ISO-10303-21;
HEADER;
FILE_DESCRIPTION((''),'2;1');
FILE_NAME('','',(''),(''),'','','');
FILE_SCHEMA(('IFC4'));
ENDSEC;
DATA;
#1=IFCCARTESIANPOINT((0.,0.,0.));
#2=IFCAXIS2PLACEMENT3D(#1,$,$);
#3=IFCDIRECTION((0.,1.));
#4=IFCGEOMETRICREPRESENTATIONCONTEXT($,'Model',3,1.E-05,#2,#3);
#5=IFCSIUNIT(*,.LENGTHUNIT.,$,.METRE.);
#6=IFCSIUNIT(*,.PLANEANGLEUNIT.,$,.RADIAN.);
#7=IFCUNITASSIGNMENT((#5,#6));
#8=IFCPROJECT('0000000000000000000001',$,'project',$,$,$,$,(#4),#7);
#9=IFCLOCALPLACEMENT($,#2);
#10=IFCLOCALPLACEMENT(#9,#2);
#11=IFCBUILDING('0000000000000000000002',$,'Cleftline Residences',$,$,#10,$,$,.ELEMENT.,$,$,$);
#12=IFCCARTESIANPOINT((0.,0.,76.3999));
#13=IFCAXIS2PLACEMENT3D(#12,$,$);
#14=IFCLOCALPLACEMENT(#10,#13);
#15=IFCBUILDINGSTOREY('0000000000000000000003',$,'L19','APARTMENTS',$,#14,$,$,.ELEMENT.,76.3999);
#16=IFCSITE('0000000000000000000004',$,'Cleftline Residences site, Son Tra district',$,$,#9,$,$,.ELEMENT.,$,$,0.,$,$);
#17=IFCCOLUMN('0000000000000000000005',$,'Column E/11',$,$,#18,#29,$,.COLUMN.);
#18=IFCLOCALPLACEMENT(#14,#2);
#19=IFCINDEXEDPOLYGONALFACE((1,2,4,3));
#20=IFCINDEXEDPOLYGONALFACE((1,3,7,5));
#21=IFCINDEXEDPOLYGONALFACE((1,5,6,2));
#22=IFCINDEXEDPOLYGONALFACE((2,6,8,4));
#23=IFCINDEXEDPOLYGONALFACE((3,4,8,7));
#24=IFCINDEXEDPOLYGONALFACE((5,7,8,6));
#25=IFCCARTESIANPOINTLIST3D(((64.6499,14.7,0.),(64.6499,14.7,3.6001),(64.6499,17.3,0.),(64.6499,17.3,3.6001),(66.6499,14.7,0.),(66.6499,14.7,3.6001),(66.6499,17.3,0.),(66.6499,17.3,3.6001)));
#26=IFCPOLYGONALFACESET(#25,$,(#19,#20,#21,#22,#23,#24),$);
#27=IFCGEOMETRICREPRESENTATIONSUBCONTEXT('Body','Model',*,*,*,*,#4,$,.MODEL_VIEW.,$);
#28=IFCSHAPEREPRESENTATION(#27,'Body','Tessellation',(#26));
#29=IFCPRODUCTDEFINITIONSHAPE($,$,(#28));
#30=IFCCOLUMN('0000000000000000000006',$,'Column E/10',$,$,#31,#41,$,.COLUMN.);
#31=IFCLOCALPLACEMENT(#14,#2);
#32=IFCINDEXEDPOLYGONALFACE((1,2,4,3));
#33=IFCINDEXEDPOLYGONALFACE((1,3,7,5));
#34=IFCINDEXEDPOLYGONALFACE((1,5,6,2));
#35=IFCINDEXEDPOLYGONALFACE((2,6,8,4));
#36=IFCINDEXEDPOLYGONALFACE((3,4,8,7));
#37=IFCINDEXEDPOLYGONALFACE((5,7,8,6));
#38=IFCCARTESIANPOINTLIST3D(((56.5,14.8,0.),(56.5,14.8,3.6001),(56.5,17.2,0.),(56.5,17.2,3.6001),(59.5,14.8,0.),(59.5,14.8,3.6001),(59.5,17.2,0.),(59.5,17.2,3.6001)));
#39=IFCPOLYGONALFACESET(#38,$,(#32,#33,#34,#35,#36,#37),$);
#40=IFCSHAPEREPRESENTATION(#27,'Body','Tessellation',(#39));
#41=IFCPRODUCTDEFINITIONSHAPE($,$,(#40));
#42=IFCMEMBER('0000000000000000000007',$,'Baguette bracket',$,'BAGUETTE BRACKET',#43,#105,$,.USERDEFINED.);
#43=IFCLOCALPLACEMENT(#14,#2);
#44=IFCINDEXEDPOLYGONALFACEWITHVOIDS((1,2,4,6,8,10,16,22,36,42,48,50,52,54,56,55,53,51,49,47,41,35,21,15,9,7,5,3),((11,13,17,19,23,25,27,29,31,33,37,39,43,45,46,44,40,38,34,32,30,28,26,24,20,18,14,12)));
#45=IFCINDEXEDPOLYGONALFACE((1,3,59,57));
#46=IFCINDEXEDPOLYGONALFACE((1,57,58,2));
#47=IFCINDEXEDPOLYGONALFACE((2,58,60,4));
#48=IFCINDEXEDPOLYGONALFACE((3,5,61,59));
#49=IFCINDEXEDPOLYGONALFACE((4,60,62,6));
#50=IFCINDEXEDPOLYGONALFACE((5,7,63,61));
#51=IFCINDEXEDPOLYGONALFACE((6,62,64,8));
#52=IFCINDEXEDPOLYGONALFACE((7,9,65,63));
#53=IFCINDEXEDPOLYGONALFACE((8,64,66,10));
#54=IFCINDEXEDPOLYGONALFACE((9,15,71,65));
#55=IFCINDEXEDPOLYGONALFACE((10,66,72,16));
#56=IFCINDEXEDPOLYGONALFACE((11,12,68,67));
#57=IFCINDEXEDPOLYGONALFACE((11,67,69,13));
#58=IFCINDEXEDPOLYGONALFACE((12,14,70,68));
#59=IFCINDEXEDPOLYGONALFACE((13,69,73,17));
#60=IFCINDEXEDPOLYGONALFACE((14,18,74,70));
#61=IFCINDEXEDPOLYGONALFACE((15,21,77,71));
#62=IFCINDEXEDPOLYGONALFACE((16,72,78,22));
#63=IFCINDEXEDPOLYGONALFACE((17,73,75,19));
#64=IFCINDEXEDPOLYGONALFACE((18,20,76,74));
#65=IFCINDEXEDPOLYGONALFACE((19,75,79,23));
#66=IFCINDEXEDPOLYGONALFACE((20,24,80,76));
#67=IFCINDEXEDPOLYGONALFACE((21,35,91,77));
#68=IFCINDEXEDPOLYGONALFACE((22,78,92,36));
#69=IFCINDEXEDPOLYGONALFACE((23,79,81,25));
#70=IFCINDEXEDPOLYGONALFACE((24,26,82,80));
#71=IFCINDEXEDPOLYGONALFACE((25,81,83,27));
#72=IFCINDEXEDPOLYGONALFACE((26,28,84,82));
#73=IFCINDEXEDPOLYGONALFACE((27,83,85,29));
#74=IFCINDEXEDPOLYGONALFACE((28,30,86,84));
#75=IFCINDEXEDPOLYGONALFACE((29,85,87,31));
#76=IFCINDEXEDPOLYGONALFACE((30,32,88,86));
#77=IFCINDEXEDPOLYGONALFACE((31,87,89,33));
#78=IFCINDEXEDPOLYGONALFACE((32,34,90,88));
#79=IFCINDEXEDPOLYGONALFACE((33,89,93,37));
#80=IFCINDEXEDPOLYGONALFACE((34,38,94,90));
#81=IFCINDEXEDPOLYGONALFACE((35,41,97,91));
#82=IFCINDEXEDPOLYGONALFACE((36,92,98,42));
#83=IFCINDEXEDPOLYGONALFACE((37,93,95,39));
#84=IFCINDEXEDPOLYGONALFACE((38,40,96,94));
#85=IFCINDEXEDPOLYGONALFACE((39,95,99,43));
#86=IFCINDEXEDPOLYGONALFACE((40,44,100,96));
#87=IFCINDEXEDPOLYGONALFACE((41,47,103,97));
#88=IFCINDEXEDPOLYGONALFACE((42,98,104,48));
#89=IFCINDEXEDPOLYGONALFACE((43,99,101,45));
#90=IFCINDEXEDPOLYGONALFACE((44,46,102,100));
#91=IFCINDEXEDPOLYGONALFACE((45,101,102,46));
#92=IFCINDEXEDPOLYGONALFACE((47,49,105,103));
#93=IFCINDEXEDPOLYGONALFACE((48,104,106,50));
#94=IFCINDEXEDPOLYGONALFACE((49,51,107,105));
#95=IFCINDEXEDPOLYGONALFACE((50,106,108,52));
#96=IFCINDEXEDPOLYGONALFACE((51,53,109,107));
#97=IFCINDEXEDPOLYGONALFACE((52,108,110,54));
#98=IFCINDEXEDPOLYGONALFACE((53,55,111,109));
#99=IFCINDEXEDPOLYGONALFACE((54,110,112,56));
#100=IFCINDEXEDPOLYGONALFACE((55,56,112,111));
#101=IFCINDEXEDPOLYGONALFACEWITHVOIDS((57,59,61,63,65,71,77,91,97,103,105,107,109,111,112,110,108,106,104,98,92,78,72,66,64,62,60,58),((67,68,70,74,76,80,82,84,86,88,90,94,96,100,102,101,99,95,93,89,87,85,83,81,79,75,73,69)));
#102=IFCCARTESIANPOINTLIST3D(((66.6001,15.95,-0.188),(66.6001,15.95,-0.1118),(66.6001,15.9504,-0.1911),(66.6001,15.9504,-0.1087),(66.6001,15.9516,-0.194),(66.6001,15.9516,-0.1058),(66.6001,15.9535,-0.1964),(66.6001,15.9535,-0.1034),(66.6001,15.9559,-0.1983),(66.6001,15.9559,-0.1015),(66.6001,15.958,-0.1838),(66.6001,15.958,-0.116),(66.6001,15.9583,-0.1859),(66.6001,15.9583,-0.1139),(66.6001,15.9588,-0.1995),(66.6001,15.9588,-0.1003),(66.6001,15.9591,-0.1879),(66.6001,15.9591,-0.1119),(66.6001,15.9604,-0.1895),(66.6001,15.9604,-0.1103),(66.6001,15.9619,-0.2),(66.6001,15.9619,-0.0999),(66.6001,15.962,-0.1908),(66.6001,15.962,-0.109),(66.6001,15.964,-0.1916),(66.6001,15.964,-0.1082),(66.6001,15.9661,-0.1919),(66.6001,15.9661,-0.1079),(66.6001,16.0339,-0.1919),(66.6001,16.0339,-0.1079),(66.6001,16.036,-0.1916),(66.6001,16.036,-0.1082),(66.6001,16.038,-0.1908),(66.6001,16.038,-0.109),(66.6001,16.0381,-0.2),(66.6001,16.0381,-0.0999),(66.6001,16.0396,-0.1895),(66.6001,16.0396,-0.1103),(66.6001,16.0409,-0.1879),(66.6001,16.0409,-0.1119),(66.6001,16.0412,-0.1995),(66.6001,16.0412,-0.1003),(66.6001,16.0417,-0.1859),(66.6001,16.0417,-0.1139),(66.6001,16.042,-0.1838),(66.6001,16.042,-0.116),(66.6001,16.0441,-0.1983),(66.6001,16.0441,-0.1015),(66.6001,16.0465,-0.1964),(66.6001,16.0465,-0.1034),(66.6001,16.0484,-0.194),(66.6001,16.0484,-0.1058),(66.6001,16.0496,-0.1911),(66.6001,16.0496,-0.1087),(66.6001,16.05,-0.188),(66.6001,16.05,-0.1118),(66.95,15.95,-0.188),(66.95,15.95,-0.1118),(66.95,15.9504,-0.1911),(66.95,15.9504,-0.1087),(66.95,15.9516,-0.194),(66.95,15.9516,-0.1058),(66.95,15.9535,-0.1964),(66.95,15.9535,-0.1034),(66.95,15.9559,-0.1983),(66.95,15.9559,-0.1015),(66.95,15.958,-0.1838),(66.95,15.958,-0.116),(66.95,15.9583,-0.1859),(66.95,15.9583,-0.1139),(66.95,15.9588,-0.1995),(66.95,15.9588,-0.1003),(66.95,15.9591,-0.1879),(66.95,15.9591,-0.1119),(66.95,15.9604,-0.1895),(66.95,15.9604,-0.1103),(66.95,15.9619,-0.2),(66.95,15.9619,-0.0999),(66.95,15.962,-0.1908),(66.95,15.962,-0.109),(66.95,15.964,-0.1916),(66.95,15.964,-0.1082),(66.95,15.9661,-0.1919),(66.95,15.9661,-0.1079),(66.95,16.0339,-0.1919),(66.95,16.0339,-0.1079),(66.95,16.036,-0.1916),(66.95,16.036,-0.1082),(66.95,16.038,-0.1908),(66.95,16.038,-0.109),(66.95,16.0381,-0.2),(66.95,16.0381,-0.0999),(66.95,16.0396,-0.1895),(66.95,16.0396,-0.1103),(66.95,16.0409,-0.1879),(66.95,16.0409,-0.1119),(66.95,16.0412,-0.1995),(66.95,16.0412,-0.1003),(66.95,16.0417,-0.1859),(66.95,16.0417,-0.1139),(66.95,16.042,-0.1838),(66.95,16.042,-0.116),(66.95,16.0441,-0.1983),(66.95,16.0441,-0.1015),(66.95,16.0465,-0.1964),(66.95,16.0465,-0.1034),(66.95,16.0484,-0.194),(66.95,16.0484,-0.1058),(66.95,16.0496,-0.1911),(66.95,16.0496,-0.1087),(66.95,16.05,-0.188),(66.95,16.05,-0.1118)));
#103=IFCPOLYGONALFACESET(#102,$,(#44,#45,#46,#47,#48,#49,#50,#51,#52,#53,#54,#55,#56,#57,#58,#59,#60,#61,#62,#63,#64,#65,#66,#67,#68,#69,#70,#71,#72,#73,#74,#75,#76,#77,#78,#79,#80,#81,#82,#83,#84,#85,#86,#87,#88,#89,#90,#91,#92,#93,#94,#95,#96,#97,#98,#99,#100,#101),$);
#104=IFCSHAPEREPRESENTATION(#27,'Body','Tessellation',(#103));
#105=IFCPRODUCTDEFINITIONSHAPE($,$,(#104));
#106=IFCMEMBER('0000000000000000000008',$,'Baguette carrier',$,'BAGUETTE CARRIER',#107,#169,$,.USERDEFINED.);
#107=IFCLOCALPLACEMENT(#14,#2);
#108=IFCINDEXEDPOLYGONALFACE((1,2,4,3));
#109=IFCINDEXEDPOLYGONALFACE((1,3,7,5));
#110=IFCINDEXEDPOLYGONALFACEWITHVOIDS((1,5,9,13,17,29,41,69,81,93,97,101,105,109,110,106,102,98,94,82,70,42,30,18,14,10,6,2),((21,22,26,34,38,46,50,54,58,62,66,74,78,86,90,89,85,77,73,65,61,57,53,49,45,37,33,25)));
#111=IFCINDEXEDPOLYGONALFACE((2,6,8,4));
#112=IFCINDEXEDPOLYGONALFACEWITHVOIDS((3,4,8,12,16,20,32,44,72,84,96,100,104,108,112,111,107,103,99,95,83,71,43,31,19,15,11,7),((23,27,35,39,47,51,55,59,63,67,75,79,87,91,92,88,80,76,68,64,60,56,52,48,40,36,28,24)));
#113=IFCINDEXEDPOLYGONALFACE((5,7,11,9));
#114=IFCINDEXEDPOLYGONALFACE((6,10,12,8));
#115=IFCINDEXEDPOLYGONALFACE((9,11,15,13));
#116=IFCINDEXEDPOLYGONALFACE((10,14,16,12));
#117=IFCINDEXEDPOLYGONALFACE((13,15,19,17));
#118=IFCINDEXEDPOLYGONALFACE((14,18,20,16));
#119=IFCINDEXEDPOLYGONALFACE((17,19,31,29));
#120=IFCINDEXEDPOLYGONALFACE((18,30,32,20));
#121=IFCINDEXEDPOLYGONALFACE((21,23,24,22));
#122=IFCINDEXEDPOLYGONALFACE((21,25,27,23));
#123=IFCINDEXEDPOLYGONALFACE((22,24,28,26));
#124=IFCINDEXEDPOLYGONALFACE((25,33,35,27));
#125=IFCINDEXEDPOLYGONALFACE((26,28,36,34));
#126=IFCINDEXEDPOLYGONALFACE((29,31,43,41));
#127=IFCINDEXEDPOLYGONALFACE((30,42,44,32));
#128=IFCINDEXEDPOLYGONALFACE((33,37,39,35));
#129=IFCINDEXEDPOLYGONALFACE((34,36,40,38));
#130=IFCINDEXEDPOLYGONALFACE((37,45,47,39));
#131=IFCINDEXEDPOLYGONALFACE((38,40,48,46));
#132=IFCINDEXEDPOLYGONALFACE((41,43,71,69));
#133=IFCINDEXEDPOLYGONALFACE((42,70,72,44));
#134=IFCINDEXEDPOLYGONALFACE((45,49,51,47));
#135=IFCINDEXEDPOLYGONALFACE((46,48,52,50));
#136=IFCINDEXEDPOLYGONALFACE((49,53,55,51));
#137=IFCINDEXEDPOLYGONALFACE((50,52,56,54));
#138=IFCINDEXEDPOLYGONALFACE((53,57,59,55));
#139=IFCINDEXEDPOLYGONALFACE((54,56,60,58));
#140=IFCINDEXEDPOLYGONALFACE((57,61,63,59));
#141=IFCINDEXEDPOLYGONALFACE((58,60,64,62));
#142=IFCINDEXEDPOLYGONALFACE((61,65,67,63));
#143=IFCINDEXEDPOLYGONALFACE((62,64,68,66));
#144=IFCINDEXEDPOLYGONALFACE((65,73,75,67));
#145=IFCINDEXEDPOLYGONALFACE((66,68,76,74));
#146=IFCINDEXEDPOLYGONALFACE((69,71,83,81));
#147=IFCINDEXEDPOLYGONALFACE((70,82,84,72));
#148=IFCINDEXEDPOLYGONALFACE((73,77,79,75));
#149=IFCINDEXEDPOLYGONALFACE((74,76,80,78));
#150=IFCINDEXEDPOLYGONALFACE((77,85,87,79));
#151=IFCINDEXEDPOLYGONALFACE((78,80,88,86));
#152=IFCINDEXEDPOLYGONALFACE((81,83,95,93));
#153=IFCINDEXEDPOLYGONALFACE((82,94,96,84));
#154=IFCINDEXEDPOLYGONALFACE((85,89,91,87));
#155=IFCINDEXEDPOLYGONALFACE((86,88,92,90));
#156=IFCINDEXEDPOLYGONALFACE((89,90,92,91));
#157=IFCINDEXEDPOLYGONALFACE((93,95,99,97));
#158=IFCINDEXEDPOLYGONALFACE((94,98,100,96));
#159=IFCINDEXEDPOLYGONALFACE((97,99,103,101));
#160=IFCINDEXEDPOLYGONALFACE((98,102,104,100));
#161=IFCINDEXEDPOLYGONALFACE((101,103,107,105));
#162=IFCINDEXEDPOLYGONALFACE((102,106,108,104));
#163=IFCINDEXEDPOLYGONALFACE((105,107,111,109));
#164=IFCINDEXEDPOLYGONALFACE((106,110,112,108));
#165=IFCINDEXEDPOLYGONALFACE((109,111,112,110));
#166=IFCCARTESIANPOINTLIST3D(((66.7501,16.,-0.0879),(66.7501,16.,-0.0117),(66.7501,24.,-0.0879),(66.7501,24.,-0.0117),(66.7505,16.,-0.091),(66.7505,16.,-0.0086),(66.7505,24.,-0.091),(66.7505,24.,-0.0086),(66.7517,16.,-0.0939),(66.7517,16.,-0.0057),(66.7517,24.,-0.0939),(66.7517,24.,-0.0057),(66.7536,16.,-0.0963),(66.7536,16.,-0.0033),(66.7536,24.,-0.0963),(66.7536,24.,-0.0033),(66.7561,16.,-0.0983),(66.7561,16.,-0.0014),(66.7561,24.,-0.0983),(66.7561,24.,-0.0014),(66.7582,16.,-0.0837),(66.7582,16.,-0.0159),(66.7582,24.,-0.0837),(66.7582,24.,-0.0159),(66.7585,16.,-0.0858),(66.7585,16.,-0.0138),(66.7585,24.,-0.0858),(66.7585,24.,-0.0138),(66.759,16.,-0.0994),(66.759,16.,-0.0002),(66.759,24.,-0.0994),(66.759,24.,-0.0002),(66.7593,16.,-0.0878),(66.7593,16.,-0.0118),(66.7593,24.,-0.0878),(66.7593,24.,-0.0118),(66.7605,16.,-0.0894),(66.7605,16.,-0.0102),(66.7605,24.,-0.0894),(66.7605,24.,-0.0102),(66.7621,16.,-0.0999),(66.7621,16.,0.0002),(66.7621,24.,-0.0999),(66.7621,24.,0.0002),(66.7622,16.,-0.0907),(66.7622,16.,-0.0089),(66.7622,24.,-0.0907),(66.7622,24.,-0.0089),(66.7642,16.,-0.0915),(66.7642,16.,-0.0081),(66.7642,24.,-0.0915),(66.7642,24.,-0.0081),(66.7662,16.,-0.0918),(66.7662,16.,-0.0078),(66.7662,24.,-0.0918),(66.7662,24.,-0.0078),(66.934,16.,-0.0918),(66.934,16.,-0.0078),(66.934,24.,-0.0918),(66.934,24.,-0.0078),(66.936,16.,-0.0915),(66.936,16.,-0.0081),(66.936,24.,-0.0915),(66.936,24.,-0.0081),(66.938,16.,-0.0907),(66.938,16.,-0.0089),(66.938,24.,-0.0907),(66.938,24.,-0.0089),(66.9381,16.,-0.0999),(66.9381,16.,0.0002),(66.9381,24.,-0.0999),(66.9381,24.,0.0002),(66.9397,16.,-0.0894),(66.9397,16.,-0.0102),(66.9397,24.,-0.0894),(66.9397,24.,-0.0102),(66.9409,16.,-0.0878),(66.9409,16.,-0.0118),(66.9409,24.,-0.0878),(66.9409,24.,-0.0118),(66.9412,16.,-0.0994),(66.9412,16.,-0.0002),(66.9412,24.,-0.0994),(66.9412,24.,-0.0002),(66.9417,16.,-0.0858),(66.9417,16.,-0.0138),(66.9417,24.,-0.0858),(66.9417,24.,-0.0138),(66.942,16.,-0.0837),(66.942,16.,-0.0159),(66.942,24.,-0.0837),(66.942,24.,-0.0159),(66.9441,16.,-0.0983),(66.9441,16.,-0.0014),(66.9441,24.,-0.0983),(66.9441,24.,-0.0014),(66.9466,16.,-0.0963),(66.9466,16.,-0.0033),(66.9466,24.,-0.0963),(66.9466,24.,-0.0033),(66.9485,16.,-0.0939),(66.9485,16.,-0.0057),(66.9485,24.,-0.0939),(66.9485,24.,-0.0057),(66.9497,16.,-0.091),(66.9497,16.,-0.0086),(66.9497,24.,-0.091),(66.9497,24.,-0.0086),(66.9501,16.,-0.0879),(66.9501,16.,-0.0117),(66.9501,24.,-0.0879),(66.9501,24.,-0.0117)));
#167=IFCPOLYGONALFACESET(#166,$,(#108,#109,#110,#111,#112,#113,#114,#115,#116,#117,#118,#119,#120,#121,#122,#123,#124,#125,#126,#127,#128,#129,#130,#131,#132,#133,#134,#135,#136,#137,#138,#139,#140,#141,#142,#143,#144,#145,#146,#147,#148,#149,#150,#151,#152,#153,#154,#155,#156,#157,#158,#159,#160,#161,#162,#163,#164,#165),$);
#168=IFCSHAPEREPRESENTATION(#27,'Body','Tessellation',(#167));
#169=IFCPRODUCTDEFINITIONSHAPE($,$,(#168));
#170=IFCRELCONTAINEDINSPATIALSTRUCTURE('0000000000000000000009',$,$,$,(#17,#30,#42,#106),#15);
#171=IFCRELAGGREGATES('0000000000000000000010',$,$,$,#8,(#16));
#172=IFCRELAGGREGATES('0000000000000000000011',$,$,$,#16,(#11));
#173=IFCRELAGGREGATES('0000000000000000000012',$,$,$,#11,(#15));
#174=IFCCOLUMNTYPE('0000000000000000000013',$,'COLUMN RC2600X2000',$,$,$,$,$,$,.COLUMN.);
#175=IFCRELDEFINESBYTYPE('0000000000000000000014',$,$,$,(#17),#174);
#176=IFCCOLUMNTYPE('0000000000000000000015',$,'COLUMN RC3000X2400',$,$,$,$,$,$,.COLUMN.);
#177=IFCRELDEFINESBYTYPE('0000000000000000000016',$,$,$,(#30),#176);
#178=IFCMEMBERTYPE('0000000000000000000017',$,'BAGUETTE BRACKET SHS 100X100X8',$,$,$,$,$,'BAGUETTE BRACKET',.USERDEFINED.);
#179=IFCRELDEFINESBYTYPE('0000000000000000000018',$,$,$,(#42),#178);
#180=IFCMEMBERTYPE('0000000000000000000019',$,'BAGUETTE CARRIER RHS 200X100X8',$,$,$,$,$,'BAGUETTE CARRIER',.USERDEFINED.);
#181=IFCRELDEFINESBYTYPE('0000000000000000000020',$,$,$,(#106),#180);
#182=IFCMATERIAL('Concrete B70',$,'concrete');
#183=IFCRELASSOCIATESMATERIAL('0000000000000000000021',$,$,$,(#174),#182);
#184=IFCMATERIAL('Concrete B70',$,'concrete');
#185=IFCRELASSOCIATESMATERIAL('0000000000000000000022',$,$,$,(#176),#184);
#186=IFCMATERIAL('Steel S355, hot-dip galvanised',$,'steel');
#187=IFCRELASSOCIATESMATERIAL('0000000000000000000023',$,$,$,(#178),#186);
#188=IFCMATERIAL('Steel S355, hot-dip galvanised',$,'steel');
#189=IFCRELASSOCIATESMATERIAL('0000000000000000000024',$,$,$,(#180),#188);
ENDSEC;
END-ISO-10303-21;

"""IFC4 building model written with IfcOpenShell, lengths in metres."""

from ifc_helpers import new_model, si_unit, direction, frame, origin, origin_2d, place, context, subcontext, project, spatial, rectangle, hollow_rectangle, extrude, material, material_profile, profile_set, type_object, element, save


model = new_model("IFC4")

# Units and contexts
model_context = context("Model", 3, precision=1e-05, world=origin(), true_north=direction((0.0, 1.0)))
body_context = subcontext(model_context, "Body", "Model", "MODEL_VIEW")
ifc_project = project(units=[si_unit("LENGTHUNIT", "METRE"), si_unit("PLANEANGLEUNIT", "RADIAN")], contexts=[model_context])

# Site, building, storey
site_placement = place(None, origin())
site = spatial("IfcSite", under=ifc_project, at=site_placement, Name="Cleftline Residences site, Son Tra district", CompositionType="ELEMENT", RefElevation=0.0)
building_placement = place(site_placement, origin())
building = spatial("IfcBuilding", under=site, at=building_placement, Name="Cleftline Residences", CompositionType="ELEMENT")
storey_placement = place(building_placement, frame((0.0, 0.0, 76.3999)))
storey = spatial("IfcBuildingStorey", under=building, at=storey_placement, Name="L19", Description="APARTMENTS", CompositionType="ELEMENT", Elevation=76.3999)

# Columns
ifc_material_1 = material(Name="Concrete B70", Category="concrete")
ifc_material_profile_1 = material_profile(ifc_material_1, rectangle(XDim=2.6001, YDim=2.0, at=origin_2d()))
ifc_profile_set_1 = profile_set([ifc_material_profile_1], Name="Concrete B70")
column_type_1 = type_object("IfcColumnType", Name="COLUMN RC2600X2000", PredefinedType="COLUMN", material=ifc_profile_set_1)
column_1_placement = place(storey_placement, frame((65.6499, 16.0, 0.0), z_axis=(0.0, 0.0, 1.0), x_axis=(0.0, 1.0, 0.0)))
element("IfcColumn", 1, at=column_1_placement, inside=storey, type_object=column_type_1, Name="Column E/11", PredefinedType="COLUMN", context=body_context, shape_type="SweptSolid", body=[
    extrude(rectangle(XDim=2.6001, YDim=2.0, at=origin_2d()), origin(), (0.0, 0.0, 1.0), 3.6001),
])
ifc_material_2 = material(Name="Concrete B70", Category="concrete")
ifc_material_profile_2 = material_profile(ifc_material_2, rectangle(XDim=3.0, YDim=2.3999, at=origin_2d()))
ifc_profile_set_2 = profile_set([ifc_material_profile_2], Name="Concrete B70")
column_type_2 = type_object("IfcColumnType", Name="COLUMN RC3000X2400", PredefinedType="COLUMN", material=ifc_profile_set_2)
column_2_placement = place(storey_placement, frame((58.0, 16.0, 0.0), z_axis=(0.0, 0.0, 1.0), x_axis=(1.0, 0.0, 0.0)))
element("IfcColumn", 2, at=column_2_placement, inside=storey, type_object=column_type_2, Name="Column E/10", PredefinedType="COLUMN", context=body_context, shape_type="SweptSolid", body=[
    extrude(rectangle(XDim=3.0, YDim=2.3999, at=origin_2d()), origin(), (0.0, 0.0, 1.0), 3.6001),
])

# Members
ifc_material_3 = material(Name="Steel S355, hot-dip galvanised", Category="steel")
ifc_material_profile_3 = material_profile(ifc_material_3, hollow_rectangle(XDim=0.1001, YDim=0.1001, WallThickness=0.0081, InnerFilletRadius=0.0081, OuterFilletRadius=0.012, at=origin_2d()))
ifc_profile_set_3 = profile_set([ifc_material_profile_3], Name="Steel S355, hot-dip galvanised")
member_type_1 = type_object("IfcMemberType", Name="BAGUETTE BRACKET SHS 100X100X8", ElementType="BAGUETTE BRACKET", PredefinedType="USERDEFINED", material=ifc_profile_set_3)
member_1_placement = place(storey_placement, frame((66.6001, 16.0, -0.1499), z_axis=(1.0, 0.0, 0.0), x_axis=(0.0, 1.0, 0.0)))
element("IfcMember", 3, at=member_1_placement, inside=storey, type_object=member_type_1, Name="Baguette bracket", ObjectType="BAGUETTE BRACKET", PredefinedType="USERDEFINED", context=body_context, shape_type="SweptSolid", body=[
    extrude(hollow_rectangle(XDim=0.1001, YDim=0.1001, WallThickness=0.0081, InnerFilletRadius=0.0081, OuterFilletRadius=0.012, at=origin_2d()), origin(), (0.0, 0.0, 1.0), 0.3499),
])
ifc_material_4 = material(Name="Steel S355, hot-dip galvanised", Category="steel")
ifc_material_profile_4 = material_profile(ifc_material_4, hollow_rectangle(XDim=0.1001, YDim=0.2, WallThickness=0.0081, InnerFilletRadius=0.0081, OuterFilletRadius=0.012, at=origin_2d()))
ifc_profile_set_4 = profile_set([ifc_material_profile_4], Name="Steel S355, hot-dip galvanised")
member_type_2 = type_object("IfcMemberType", Name="BAGUETTE CARRIER RHS 200X100X8", ElementType="BAGUETTE CARRIER", PredefinedType="USERDEFINED", material=ifc_profile_set_4)
member_2_placement = place(storey_placement, frame((66.8501, 16.0, -0.0498), z_axis=(0.0, 1.0, 0.0), x_axis=(0.0, 0.0, 1.0)))
element("IfcMember", 4, at=member_2_placement, inside=storey, type_object=member_type_2, Name="Baguette carrier", ObjectType="BAGUETTE CARRIER", PredefinedType="USERDEFINED", context=body_context, shape_type="SweptSolid", body=[
    extrude(hollow_rectangle(XDim=0.1001, YDim=0.2, WallThickness=0.0081, InnerFilletRadius=0.0081, OuterFilletRadius=0.012, at=origin_2d()), origin(), (0.0, 0.0, 1.0), 8.0),
])

save(model, "model.ifc")
